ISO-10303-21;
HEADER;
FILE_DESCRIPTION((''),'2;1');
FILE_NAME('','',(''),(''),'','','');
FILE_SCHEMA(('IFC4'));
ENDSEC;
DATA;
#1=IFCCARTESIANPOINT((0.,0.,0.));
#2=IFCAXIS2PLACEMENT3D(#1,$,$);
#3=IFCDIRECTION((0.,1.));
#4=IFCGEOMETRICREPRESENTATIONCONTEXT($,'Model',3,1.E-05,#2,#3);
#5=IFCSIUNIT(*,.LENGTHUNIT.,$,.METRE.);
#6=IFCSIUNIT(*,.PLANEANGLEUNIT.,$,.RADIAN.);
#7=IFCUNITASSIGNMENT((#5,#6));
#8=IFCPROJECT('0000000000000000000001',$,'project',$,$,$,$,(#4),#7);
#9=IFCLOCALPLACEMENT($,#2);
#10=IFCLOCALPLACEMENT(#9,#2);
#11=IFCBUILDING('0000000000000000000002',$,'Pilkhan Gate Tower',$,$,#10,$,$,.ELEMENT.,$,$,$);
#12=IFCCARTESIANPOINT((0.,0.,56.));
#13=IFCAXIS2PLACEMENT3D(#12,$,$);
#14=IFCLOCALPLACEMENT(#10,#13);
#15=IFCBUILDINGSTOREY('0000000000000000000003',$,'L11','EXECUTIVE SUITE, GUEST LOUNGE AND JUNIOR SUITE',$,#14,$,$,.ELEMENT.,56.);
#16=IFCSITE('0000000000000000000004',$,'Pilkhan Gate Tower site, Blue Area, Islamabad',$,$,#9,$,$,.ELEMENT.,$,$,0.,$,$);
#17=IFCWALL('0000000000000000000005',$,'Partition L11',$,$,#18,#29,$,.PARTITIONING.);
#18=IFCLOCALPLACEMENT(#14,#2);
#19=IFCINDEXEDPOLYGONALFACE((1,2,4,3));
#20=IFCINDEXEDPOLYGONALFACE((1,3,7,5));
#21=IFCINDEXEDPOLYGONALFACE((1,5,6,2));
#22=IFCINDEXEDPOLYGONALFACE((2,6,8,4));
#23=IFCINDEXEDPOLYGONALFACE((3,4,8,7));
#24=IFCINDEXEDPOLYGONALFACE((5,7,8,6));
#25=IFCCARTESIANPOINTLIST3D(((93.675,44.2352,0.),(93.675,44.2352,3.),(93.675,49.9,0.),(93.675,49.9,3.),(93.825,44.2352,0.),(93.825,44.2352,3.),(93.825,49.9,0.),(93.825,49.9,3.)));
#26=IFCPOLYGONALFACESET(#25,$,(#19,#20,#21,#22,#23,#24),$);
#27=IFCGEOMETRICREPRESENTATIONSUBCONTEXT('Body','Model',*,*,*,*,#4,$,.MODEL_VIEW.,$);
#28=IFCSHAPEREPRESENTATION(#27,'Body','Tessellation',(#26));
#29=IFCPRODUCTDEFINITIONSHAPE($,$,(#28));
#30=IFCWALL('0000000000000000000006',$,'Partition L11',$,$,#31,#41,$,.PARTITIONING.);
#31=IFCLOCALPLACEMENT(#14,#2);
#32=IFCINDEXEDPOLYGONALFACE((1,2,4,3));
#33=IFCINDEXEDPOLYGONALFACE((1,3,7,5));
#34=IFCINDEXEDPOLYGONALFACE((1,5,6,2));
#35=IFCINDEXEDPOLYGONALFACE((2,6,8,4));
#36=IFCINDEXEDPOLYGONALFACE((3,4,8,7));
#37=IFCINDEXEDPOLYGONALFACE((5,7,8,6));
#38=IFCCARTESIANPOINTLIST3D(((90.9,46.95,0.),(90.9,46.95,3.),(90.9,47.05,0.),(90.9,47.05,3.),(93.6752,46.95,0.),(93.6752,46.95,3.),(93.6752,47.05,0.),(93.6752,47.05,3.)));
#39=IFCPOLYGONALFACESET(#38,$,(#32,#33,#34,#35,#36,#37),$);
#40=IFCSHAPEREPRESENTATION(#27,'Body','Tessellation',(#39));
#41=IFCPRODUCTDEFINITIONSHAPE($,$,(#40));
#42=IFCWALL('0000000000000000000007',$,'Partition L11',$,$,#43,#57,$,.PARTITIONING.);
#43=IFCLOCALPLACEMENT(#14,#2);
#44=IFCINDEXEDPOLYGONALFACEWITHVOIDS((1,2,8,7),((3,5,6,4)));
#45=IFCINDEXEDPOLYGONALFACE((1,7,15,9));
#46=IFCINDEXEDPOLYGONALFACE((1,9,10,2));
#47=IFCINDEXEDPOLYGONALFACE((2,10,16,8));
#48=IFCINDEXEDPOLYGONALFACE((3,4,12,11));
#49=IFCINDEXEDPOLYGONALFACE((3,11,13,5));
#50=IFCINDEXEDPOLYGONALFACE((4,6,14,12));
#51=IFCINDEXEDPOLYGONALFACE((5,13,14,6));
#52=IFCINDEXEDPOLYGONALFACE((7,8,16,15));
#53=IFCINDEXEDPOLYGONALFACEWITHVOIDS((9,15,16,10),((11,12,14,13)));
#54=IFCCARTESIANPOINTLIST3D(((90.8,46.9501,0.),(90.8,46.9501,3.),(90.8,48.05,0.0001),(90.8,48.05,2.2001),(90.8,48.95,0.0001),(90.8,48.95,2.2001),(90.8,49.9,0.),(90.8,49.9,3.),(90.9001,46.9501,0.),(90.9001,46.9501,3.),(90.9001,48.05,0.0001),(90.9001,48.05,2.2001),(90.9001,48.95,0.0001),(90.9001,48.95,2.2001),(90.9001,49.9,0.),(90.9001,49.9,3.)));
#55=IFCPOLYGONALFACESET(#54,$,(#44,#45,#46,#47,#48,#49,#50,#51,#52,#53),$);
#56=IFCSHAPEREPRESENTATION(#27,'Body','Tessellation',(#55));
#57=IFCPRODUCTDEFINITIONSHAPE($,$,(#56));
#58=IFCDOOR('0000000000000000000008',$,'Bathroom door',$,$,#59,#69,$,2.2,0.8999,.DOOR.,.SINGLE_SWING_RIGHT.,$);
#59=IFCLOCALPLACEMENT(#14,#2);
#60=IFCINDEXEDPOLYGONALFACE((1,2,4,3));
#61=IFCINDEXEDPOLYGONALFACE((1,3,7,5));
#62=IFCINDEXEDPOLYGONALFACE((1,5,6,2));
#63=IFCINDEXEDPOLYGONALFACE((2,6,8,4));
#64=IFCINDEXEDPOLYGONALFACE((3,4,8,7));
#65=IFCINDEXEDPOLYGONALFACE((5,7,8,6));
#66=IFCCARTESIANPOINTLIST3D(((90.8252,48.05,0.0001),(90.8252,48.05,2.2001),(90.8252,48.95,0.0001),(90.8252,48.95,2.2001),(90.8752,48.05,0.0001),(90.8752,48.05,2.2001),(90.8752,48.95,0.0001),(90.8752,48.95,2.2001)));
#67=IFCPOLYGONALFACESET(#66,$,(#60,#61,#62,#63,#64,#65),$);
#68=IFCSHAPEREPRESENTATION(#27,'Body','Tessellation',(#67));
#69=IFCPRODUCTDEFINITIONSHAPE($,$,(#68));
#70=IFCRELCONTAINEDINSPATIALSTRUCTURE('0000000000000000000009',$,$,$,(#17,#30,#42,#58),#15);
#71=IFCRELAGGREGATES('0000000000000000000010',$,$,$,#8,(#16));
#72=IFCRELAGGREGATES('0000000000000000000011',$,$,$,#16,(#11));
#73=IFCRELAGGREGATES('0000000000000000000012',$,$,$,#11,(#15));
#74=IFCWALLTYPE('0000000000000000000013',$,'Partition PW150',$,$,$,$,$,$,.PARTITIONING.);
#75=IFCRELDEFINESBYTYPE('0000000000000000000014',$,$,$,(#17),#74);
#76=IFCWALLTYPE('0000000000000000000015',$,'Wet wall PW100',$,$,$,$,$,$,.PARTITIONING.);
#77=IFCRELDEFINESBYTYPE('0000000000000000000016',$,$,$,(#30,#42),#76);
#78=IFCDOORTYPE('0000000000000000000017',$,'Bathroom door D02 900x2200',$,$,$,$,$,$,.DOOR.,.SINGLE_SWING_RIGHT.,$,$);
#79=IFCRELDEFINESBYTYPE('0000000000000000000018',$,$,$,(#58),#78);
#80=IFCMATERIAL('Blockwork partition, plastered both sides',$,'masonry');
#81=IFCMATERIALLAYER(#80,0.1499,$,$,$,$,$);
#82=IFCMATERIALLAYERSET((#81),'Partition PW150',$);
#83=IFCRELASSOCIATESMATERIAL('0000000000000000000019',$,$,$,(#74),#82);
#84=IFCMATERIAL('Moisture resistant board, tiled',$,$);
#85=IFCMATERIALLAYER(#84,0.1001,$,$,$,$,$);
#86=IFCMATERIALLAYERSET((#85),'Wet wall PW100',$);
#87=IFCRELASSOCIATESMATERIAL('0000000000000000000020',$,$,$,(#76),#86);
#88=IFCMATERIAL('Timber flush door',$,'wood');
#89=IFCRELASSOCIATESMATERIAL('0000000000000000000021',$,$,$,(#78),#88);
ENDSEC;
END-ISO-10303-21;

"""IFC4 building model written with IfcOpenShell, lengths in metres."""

from ifc_helpers import new_model, si_unit, direction, frame, frame_2d, origin, place, context, subcontext, project, spatial, rectangle, extrude, material, layer, layer_set, type_object, element, fill, save


model = new_model("IFC4")

# Units and contexts
model_context = context("Model", 3, precision=1e-05, world=origin(), true_north=direction((0.0, 1.0)))
body_context = subcontext(model_context, "Body", "Model", "MODEL_VIEW")
ifc_project = project(units=[si_unit("LENGTHUNIT", "METRE"), si_unit("PLANEANGLEUNIT", "RADIAN")], contexts=[model_context])

# Site, building, storey
site_placement = place(None, origin())
site = spatial("IfcSite", under=ifc_project, at=site_placement, Name="Pilkhan Gate Tower site, Blue Area, Islamabad", CompositionType="ELEMENT", RefElevation=0.0)
building_placement = place(site_placement, origin())
building = spatial("IfcBuilding", under=site, at=building_placement, Name="Pilkhan Gate Tower", CompositionType="ELEMENT")
storey_placement = place(building_placement, frame((0.0, 0.0, 56.0)))
storey = spatial("IfcBuildingStorey", under=building, at=storey_placement, Name="L11", Description="EXECUTIVE SUITE, GUEST LOUNGE AND JUNIOR SUITE", CompositionType="ELEMENT", Elevation=56.0)

# Walls
ifc_material_1 = material(Name="Blockwork partition, plastered both sides", Category="masonry")
ifc_layer_1 = layer(ifc_material_1, 0.1499)
ifc_layer_set_1 = layer_set([ifc_layer_1], Name="Partition PW150")
wall_type_1 = type_object("IfcWallType", Name="Partition PW150", PredefinedType="PARTITIONING", material=ifc_layer_set_1)
wall_1_placement = place(storey_placement, frame((93.75, 44.2351, 0.0), z_axis=(0.0, 0.0, 1.0), x_axis=(0.0, 1.0, 0.0)))
element("IfcWall", 1, at=wall_1_placement, inside=storey, type_object=wall_type_1, Name="Partition L11", PredefinedType="PARTITIONING", context=body_context, shape_type="SweptSolid", body=[
    extrude(rectangle(XDim=5.6648, YDim=0.1499, at=frame_2d((2.8325, 0.0))), origin(), (0.0, 0.0, 1.0), 3.0),
])
ifc_material_2 = material(Name="Moisture resistant board, tiled")
ifc_layer_2 = layer(ifc_material_2, 0.1001)
ifc_layer_set_2 = layer_set([ifc_layer_2], Name="Wet wall PW100")
wall_type_2 = type_object("IfcWallType", Name="Wet wall PW100", PredefinedType="PARTITIONING", material=ifc_layer_set_2)
wall_2_placement = place(storey_placement, frame((90.8999, 47.0, 0.0), z_axis=(0.0, 0.0, 1.0), x_axis=(1.0, 0.0, 0.0)))
element("IfcWall", 2, at=wall_2_placement, inside=storey, type_object=wall_type_2, Name="Partition L11", PredefinedType="PARTITIONING", context=body_context, shape_type="SweptSolid", body=[
    extrude(rectangle(XDim=2.7751, YDim=0.1001, at=frame_2d((1.3877, 0.0))), origin(), (0.0, 0.0, 1.0), 3.0),
])

# Wall, opening, door
wall_3_placement = place(storey_placement, frame((90.8501, 46.95, 0.0), z_axis=(0.0, 0.0, 1.0), x_axis=(0.0, 1.0, 0.0)))
wall_3 = element("IfcWall", 3, at=wall_3_placement, inside=storey, type_object=wall_type_2, Name="Partition L11", PredefinedType="PARTITIONING", context=body_context, shape_type="SweptSolid", body=[
    extrude(rectangle(XDim=2.95, YDim=0.1001, at=frame_2d((1.4751, 0.0))), origin(), (0.0, 0.0, 1.0), 3.0),
])
opening_placement = place(wall_3_placement, frame((1.1001, 0.0, 0.0)))
opening = element("IfcOpeningElement", 4, at=opening_placement, cuts=wall_3, PredefinedType="OPENING", context=body_context, shape_type="SweptSolid", body=[
    extrude(rectangle(XDim=0.8999, YDim=2.2, at=frame_2d((0.45, 1.1001))), frame((0.0, 0.0601, 0.0), z_axis=(0.0, -1.0, 0.0), x_axis=(1.0, 0.0, 0.0)), (0.0, 0.0, 1.0), 0.1201),
])
ifc_material_3 = material(Name="Timber flush door", Category="wood")
door_type = type_object("IfcDoorType", Name="Bathroom door D02 900x2200", OperationType="SINGLE_SWING_RIGHT", PredefinedType="DOOR", material=ifc_material_3)
door_placement = place(opening_placement, origin())
door = element("IfcDoor", 5, at=door_placement, inside=storey, type_object=door_type, Name="Bathroom door", OperationType="SINGLE_SWING_RIGHT", OverallHeight=2.2, OverallWidth=0.8999, PredefinedType="DOOR", context=body_context, shape_type="SweptSolid", body=[
    extrude(rectangle(XDim=0.8999, YDim=2.2, at=frame_2d((0.45, 1.1001))), frame((0.0, 0.0249, 0.0), z_axis=(0.0, -1.0, 0.0), x_axis=(1.0, 0.0, 0.0)), (0.0, 0.0, 1.0), 0.05),
])
fill(opening, door)

save(model, "model.ifc")
